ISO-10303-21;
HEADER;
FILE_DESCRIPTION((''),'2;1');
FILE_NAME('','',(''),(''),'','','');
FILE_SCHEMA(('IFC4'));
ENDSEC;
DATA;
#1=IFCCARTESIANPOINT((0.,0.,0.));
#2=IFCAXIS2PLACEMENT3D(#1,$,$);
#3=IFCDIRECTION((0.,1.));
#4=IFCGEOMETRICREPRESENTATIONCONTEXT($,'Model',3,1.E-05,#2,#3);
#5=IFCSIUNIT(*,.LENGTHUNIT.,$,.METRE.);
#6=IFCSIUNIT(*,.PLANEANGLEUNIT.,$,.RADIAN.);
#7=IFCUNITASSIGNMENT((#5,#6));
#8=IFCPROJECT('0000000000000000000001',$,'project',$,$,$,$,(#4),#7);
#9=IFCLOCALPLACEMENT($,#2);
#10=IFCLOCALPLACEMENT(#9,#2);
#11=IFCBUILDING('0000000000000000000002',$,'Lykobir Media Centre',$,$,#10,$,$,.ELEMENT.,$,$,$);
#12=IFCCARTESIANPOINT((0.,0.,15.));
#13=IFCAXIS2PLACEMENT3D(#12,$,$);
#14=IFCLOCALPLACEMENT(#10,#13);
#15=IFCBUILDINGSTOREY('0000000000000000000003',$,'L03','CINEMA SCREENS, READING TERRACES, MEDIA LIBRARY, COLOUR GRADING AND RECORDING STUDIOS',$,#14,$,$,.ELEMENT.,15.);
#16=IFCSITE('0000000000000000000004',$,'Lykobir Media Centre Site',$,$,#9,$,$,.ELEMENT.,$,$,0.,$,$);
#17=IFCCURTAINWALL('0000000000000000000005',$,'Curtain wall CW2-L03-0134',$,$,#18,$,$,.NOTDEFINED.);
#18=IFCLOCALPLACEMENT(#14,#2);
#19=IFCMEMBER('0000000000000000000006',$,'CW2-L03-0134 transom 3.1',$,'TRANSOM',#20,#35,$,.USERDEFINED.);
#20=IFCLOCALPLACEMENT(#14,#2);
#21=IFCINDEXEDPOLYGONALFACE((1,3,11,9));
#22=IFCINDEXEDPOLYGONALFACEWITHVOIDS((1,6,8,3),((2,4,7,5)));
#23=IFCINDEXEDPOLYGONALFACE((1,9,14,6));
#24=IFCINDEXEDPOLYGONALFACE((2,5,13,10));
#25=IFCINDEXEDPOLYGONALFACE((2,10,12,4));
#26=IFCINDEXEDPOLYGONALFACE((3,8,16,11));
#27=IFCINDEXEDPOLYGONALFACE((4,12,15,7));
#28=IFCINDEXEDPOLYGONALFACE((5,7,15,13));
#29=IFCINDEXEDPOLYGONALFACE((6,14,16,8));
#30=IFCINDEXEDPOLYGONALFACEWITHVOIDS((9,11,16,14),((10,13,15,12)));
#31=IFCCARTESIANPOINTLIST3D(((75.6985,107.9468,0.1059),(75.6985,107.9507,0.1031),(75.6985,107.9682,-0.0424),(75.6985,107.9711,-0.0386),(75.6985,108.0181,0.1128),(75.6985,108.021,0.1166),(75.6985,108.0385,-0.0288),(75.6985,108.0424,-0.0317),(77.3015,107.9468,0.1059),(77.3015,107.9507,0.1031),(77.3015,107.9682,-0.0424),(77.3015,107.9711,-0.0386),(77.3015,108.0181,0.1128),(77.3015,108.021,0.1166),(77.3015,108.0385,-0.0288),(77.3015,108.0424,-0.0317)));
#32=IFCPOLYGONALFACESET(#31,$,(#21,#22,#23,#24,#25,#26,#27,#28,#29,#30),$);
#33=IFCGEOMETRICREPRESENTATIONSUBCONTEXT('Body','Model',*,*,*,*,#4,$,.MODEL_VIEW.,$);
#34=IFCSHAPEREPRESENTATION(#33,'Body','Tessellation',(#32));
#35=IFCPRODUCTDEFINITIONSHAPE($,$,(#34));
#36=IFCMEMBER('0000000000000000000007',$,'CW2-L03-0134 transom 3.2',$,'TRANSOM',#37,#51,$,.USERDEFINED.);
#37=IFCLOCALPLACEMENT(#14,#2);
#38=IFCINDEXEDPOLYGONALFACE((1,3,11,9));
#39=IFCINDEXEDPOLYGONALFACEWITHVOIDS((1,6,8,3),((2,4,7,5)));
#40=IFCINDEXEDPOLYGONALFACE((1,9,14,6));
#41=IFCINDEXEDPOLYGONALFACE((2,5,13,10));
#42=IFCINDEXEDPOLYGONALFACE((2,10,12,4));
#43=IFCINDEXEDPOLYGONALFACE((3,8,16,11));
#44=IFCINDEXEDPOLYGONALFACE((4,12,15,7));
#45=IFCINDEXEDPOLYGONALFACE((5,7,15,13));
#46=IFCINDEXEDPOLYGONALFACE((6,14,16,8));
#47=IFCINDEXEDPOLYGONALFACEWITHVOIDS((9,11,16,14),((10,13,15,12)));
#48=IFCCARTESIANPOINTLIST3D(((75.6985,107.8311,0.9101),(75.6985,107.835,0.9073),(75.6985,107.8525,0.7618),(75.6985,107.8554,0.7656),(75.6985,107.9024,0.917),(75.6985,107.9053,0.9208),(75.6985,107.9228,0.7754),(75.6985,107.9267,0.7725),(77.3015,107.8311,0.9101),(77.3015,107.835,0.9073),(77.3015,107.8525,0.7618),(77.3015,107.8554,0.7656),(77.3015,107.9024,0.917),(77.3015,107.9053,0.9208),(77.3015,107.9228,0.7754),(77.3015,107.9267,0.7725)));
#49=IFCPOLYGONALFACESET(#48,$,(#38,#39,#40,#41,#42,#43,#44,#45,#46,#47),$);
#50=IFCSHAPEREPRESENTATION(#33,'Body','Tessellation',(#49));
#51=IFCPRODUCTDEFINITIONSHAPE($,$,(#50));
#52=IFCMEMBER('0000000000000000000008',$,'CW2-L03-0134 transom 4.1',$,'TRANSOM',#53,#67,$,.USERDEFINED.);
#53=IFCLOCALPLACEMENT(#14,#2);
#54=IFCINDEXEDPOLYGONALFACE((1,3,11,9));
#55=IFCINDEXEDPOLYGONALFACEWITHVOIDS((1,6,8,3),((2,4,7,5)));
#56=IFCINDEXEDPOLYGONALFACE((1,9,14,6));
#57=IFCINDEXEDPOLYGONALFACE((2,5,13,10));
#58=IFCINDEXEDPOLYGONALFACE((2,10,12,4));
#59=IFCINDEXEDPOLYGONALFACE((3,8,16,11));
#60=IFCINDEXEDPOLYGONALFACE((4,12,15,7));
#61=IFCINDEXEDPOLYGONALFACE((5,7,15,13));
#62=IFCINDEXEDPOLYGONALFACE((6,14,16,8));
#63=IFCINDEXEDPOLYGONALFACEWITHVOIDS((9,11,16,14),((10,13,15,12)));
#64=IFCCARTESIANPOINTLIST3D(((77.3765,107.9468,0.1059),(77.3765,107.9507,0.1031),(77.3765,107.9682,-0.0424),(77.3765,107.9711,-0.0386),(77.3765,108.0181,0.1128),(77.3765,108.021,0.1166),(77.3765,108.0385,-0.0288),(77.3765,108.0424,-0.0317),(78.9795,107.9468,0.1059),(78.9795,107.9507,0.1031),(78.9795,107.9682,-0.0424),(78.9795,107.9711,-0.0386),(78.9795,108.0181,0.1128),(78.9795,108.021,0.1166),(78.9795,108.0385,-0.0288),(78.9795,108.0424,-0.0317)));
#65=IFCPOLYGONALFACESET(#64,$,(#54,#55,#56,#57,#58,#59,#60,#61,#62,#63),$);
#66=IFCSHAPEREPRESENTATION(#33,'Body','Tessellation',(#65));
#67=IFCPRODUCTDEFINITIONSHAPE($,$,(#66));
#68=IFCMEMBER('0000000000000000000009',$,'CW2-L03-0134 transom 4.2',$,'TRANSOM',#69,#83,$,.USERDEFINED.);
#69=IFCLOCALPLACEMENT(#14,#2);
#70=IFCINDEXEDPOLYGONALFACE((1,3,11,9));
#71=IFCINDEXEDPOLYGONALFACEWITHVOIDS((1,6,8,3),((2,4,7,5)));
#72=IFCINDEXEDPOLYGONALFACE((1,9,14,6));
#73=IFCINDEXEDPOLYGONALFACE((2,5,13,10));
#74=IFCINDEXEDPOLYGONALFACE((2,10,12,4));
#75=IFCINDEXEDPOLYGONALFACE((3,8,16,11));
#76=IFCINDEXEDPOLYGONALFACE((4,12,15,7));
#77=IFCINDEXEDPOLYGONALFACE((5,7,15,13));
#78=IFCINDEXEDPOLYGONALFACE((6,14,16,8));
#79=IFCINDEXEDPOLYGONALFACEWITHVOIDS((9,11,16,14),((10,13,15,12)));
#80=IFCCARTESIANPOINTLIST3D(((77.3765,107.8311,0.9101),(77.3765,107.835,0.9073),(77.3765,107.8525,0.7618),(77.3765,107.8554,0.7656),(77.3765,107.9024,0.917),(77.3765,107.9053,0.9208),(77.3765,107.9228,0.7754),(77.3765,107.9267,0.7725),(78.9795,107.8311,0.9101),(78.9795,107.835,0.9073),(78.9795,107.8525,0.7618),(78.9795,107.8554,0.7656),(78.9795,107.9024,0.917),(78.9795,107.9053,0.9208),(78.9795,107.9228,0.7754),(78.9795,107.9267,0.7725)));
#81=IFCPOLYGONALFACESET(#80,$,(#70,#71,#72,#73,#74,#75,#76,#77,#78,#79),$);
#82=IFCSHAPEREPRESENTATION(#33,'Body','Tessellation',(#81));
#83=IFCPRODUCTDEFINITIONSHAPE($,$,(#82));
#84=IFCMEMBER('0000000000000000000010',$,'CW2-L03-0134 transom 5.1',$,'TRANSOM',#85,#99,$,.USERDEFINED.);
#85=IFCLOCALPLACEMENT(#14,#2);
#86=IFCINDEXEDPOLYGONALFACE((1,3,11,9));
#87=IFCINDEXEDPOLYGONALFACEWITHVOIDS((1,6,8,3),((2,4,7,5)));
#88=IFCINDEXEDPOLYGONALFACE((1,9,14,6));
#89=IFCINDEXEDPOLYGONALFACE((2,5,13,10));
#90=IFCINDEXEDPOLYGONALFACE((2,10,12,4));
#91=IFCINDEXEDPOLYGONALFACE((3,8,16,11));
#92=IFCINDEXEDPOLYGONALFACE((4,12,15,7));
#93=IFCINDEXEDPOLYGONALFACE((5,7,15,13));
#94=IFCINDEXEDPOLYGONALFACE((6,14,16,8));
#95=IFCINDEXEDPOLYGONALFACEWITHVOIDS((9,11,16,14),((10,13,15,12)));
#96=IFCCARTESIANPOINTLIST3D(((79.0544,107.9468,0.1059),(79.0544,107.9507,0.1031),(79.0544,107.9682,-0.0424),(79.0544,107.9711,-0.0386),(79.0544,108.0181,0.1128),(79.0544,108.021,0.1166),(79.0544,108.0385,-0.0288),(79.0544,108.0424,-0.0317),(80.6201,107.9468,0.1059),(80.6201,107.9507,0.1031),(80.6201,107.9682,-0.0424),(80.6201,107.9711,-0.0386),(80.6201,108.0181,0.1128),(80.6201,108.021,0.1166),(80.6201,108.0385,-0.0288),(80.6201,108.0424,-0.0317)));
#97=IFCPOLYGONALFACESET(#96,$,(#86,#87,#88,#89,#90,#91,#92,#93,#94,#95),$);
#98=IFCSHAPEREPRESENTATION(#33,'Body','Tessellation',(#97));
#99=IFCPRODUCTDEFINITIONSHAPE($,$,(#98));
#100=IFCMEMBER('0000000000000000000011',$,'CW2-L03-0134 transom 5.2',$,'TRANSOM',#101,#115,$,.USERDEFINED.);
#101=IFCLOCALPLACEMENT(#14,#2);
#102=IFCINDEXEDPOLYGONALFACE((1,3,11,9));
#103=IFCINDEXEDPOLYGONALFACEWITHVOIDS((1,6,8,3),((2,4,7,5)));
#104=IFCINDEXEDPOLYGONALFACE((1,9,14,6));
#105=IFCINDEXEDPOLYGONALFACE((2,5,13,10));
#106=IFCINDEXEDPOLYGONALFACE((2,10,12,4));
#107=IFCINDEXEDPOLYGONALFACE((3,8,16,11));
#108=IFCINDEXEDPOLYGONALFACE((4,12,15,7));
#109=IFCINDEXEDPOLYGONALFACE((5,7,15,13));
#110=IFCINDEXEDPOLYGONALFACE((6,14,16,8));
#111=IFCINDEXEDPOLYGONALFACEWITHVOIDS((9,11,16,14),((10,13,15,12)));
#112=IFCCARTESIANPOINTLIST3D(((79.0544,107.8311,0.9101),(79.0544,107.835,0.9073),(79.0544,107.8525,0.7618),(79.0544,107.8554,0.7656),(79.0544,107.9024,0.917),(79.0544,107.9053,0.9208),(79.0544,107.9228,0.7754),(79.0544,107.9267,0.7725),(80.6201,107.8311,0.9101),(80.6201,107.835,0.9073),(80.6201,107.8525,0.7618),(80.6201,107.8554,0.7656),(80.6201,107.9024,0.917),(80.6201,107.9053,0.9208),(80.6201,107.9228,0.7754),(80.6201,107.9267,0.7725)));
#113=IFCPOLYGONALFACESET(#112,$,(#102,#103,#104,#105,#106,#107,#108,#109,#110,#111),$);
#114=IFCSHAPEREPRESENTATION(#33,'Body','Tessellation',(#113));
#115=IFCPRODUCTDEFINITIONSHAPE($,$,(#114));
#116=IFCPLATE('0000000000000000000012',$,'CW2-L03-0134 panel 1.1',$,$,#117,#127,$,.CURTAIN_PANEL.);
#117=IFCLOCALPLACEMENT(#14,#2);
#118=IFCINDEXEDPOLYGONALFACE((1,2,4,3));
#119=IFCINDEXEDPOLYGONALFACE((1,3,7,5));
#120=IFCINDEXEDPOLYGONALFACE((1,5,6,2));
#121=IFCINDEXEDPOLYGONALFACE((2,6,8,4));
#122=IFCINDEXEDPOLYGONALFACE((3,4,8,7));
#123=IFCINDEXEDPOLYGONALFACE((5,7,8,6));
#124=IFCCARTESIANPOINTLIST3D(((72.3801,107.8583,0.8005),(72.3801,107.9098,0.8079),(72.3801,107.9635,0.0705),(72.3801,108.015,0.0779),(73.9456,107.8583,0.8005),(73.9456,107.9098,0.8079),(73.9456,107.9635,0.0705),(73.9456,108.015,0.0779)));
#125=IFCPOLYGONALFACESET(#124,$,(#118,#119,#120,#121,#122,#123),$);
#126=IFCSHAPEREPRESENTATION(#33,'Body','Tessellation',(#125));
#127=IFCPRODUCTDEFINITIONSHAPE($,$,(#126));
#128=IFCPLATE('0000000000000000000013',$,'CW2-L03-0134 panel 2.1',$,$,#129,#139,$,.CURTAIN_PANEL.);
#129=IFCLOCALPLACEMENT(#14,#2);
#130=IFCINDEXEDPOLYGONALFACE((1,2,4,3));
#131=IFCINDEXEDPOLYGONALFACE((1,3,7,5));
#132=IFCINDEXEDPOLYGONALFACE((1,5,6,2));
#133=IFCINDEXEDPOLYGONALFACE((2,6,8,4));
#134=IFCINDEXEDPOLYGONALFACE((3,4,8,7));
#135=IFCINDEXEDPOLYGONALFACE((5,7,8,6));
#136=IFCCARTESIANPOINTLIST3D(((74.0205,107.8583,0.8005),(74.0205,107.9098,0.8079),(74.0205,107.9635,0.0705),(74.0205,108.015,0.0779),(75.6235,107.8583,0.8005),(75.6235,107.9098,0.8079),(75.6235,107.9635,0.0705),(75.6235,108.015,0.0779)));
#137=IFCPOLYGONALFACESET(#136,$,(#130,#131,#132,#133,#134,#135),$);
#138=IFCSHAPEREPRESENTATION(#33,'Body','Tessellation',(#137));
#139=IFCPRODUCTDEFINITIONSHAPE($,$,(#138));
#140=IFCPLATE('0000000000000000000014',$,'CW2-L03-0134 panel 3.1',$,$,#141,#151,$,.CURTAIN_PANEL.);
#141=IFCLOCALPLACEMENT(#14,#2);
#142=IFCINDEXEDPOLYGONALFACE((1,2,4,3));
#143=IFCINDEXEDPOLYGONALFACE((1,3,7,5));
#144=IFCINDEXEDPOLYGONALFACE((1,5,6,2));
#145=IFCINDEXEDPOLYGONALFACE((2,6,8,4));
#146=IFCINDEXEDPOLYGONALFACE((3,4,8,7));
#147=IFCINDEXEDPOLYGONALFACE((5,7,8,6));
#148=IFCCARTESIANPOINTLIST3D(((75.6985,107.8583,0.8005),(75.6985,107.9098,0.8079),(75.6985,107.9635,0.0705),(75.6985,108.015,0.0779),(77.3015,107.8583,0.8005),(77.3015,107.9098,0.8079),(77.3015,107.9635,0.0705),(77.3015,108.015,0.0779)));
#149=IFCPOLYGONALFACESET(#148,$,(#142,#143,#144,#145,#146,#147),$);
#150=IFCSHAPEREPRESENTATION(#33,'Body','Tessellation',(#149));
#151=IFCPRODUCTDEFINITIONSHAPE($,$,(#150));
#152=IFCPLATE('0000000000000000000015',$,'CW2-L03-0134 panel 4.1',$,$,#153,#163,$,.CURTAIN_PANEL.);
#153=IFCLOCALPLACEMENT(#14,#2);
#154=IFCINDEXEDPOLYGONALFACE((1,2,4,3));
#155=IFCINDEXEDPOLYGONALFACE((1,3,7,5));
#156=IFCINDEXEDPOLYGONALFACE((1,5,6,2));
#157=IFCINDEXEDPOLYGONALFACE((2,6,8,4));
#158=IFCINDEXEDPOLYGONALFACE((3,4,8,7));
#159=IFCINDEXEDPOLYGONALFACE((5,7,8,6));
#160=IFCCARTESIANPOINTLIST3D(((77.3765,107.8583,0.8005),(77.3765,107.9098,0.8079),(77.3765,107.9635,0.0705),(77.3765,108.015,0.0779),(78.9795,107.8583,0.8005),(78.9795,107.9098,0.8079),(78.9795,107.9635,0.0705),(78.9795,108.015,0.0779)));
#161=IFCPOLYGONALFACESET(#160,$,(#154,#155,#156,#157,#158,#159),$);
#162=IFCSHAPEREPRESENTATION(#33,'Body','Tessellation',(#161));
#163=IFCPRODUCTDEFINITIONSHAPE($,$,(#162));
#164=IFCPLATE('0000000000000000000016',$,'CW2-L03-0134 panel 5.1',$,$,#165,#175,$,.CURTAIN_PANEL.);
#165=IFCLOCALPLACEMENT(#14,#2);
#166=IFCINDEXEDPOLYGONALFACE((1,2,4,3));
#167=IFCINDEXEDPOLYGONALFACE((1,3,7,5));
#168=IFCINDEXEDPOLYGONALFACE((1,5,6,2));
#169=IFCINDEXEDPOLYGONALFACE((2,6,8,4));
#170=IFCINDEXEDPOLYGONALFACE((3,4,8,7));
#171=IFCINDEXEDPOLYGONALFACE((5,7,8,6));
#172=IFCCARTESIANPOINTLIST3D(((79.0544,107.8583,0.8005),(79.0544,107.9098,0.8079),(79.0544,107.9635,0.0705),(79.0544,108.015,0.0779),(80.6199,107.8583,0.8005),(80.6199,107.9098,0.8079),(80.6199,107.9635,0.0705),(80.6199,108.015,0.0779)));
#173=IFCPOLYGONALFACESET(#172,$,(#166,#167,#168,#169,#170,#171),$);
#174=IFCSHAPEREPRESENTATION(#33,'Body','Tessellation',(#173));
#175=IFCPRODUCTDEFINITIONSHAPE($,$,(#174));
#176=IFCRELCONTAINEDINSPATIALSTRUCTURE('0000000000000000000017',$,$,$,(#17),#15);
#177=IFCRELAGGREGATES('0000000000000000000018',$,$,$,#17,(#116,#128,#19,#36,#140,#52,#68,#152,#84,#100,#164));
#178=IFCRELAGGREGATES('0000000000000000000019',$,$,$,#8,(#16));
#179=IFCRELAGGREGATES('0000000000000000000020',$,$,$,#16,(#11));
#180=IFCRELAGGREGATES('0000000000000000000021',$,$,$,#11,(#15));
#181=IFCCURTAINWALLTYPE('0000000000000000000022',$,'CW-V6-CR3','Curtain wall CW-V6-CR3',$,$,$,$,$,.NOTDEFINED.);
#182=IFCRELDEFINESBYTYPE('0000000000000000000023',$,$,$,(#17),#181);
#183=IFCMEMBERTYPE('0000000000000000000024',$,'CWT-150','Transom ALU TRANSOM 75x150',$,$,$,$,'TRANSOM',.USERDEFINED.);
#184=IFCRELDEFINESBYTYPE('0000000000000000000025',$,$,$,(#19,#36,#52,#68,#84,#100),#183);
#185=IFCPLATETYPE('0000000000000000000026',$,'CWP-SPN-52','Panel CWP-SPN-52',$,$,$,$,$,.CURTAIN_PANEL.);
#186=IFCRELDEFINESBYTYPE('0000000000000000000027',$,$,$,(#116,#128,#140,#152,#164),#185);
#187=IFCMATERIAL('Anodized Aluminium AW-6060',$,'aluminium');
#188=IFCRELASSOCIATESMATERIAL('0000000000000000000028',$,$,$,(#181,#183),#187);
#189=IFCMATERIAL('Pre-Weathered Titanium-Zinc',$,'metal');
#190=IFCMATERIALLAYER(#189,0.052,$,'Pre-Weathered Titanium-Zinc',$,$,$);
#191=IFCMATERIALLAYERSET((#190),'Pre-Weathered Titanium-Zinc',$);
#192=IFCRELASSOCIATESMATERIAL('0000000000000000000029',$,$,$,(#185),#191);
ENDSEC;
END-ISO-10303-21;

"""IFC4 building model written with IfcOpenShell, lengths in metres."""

from ifc_helpers import new_model, si_unit, direction, frame, origin, origin_2d, place, context, subcontext, project, spatial, rectangle, hollow_rectangle, extrude, material, layer, layer_set, material_profile, profile_set, type_object, element, aggregate, save


model = new_model("IFC4")

# Units and contexts
model_context = context("Model", 3, precision=1e-05, world=origin(), true_north=direction((0.0, 1.0)))
body_context = subcontext(model_context, "Body", "Model", "MODEL_VIEW")
ifc_project = project(units=[si_unit("LENGTHUNIT", "METRE"), si_unit("PLANEANGLEUNIT", "RADIAN")], contexts=[model_context])

# Site, building, storey
site_placement = place(None, origin())
site = spatial("IfcSite", under=ifc_project, at=site_placement, Name="Lykobir Media Centre Site", CompositionType="ELEMENT", RefElevation=0.0)
building_placement = place(site_placement, origin())
building = spatial("IfcBuilding", under=site, at=building_placement, Name="Lykobir Media Centre", CompositionType="ELEMENT")
storey_placement = place(building_placement, frame((0.0, 0.0, 15.0)))
storey = spatial("IfcBuildingStorey", under=building, at=storey_placement, Name="L03", Description="CINEMA SCREENS, READING TERRACES, MEDIA LIBRARY, COLOUR GRADING AND RECORDING STUDIOS", CompositionType="ELEMENT", Elevation=15.0)

# Curtain wall, members, plates
ifc_material_1 = material(Name="Anodized Aluminium AW-6060", Category="aluminium")
curtain_wall_type = type_object("IfcCurtainWallType", Name="CW-V6-CR3", Description="Curtain wall CW-V6-CR3", PredefinedType="NOTDEFINED", material=ifc_material_1)
curtain_wall_placement = place(storey_placement, origin())
curtain_wall = element("IfcCurtainWall", 1, at=curtain_wall_placement, inside=storey, type_object=curtain_wall_type, Name="Curtain wall CW2-L03-0134", PredefinedType="NOTDEFINED")
ifc_material_profile_1 = material_profile(ifc_material_1, hollow_rectangle(XDim=0.075, YDim=0.1499, WallThickness=0.0034, at=origin_2d()), Name="ALU TRANSOM 75x150")
ifc_profile_set_1 = profile_set([ifc_material_profile_1], Name="Anodized Aluminium AW-6060")
member_type_1 = type_object("IfcMemberType", Name="CWT-150", Description="Transom ALU TRANSOM 75x150", ElementType="TRANSOM", PredefinedType="USERDEFINED", material=ifc_profile_set_1)
member_1_placement = place(storey_placement, frame((75.6985, 107.9946, 0.0371), z_axis=(1.0, 0.0, 0.0), x_axis=(0.0, 0.989776, 0.142629)))
member_1 = element("IfcMember", 2, at=member_1_placement, type_object=member_type_1, Name="CW2-L03-0134 transom 3.1", ObjectType="TRANSOM", PredefinedType="USERDEFINED", context=body_context, shape_type="SweptSolid", body=[
    extrude(hollow_rectangle(XDim=0.075, YDim=0.1499, WallThickness=0.0034, at=origin_2d()), origin(), (0.0, 0.0, 1.0), 1.603),
])
member_2_placement = place(storey_placement, frame((75.6985, 107.8789, 0.8413), z_axis=(1.0, 0.0, 0.0), x_axis=(0.0, 0.989776, 0.142629)))
member_2 = element("IfcMember", 3, at=member_2_placement, type_object=member_type_1, Name="CW2-L03-0134 transom 3.2", ObjectType="TRANSOM", PredefinedType="USERDEFINED", context=body_context, shape_type="SweptSolid", body=[
    extrude(hollow_rectangle(XDim=0.075, YDim=0.1499, WallThickness=0.0034, at=origin_2d()), origin(), (0.0, 0.0, 1.0), 1.603),
])
member_3_placement = place(storey_placement, frame((77.3765, 107.9946, 0.0371), z_axis=(1.0, 0.0, 0.0), x_axis=(0.0, 0.989776, 0.142629)))
member_3 = element("IfcMember", 4, at=member_3_placement, type_object=member_type_1, Name="CW2-L03-0134 transom 4.1", ObjectType="TRANSOM", PredefinedType="USERDEFINED", context=body_context, shape_type="SweptSolid", body=[
    extrude(hollow_rectangle(XDim=0.075, YDim=0.1499, WallThickness=0.0034, at=origin_2d()), origin(), (0.0, 0.0, 1.0), 1.603),
])
member_4_placement = place(storey_placement, frame((77.3765, 107.8789, 0.8413), z_axis=(1.0, 0.0, 0.0), x_axis=(0.0, 0.989776, 0.142629)))
member_4 = element("IfcMember", 5, at=member_4_placement, type_object=member_type_1, Name="CW2-L03-0134 transom 4.2", ObjectType="TRANSOM", PredefinedType="USERDEFINED", context=body_context, shape_type="SweptSolid", body=[
    extrude(hollow_rectangle(XDim=0.075, YDim=0.1499, WallThickness=0.0034, at=origin_2d()), origin(), (0.0, 0.0, 1.0), 1.603),
])
member_5_placement = place(storey_placement, frame((79.0544, 107.9946, 0.0371), z_axis=(1.0, 0.0, 0.0), x_axis=(0.0, 0.989776, 0.142629)))
member_5 = element("IfcMember", 6, at=member_5_placement, type_object=member_type_1, Name="CW2-L03-0134 transom 5.1", ObjectType="TRANSOM", PredefinedType="USERDEFINED", context=body_context, shape_type="SweptSolid", body=[
    extrude(hollow_rectangle(XDim=0.075, YDim=0.1499, WallThickness=0.0034, at=origin_2d()), origin(), (0.0, 0.0, 1.0), 1.5657),
])
member_6_placement = place(storey_placement, frame((79.0544, 107.8789, 0.8413), z_axis=(1.0, 0.0, 0.0), x_axis=(0.0, 0.989776, 0.142629)))
member_6 = element("IfcMember", 7, at=member_6_placement, type_object=member_type_1, Name="CW2-L03-0134 transom 5.2", ObjectType="TRANSOM", PredefinedType="USERDEFINED", context=body_context, shape_type="SweptSolid", body=[
    extrude(hollow_rectangle(XDim=0.075, YDim=0.1499, WallThickness=0.0034, at=origin_2d()), origin(), (0.0, 0.0, 1.0), 1.5657),
])
ifc_material_2 = material(Name="Pre-Weathered Titanium-Zinc", Category="metal")
ifc_layer = layer(ifc_material_2, 0.052, Name="Pre-Weathered Titanium-Zinc")
ifc_layer_set = layer_set([ifc_layer], Name="Pre-Weathered Titanium-Zinc")
plate_type = type_object("IfcPlateType", Name="CWP-SPN-52", Description="Panel CWP-SPN-52", PredefinedType="CURTAIN_PANEL", material=ifc_layer_set)
plate_1_placement = place(storey_placement, frame((73.1628, 107.9893, 0.0742), z_axis=(0.0, -0.142629, 0.989776), x_axis=(1.0, 0.0, 0.0)))
plate_1 = element("IfcPlate", 8, at=plate_1_placement, type_object=plate_type, Name="CW2-L03-0134 panel 1.1", PredefinedType="CURTAIN_PANEL", context=body_context, shape_type="SweptSolid", body=[
    extrude(rectangle(XDim=1.5654, YDim=0.052, at=origin_2d()), origin(), (0.0, 0.0, 1.0), 0.7375),
])
plate_2_placement = place(storey_placement, frame((74.822, 107.9893, 0.0742), z_axis=(0.0, -0.142629, 0.989776), x_axis=(1.0, 0.0, 0.0)))
plate_2 = element("IfcPlate", 9, at=plate_2_placement, type_object=plate_type, Name="CW2-L03-0134 panel 2.1", PredefinedType="CURTAIN_PANEL", context=body_context, shape_type="SweptSolid", body=[
    extrude(rectangle(XDim=1.603, YDim=0.052, at=origin_2d()), origin(), (0.0, 0.0, 1.0), 0.7375),
])
plate_3_placement = place(storey_placement, frame((76.5, 107.9893, 0.0742), z_axis=(0.0, -0.142629, 0.989776), x_axis=(1.0, 0.0, 0.0)))
plate_3 = element("IfcPlate", 10, at=plate_3_placement, type_object=plate_type, Name="CW2-L03-0134 panel 3.1", PredefinedType="CURTAIN_PANEL", context=body_context, shape_type="SweptSolid", body=[
    extrude(rectangle(XDim=1.603, YDim=0.052, at=origin_2d()), origin(), (0.0, 0.0, 1.0), 0.7375),
])
plate_4_placement = place(storey_placement, frame((78.178, 107.9893, 0.0742), z_axis=(0.0, -0.142629, 0.989776), x_axis=(1.0, 0.0, 0.0)))
plate_4 = element("IfcPlate", 11, at=plate_4_placement, type_object=plate_type, Name="CW2-L03-0134 panel 4.1", PredefinedType="CURTAIN_PANEL", context=body_context, shape_type="SweptSolid", body=[
    extrude(rectangle(XDim=1.603, YDim=0.052, at=origin_2d()), origin(), (0.0, 0.0, 1.0), 0.7375),
])
plate_5_placement = place(storey_placement, frame((79.8372, 107.9893, 0.0742), z_axis=(0.0, -0.142629, 0.989776), x_axis=(1.0, 0.0, 0.0)))
plate_5 = element("IfcPlate", 12, at=plate_5_placement, type_object=plate_type, Name="CW2-L03-0134 panel 5.1", PredefinedType="CURTAIN_PANEL", context=body_context, shape_type="SweptSolid", body=[
    extrude(rectangle(XDim=1.5654, YDim=0.052, at=origin_2d()), origin(), (0.0, 0.0, 1.0), 0.7375),
])
aggregate(curtain_wall, [plate_1, plate_2, member_1, member_2, plate_3, member_3, member_4, plate_4, member_5, member_6, plate_5])

save(model, "model.ifc")
